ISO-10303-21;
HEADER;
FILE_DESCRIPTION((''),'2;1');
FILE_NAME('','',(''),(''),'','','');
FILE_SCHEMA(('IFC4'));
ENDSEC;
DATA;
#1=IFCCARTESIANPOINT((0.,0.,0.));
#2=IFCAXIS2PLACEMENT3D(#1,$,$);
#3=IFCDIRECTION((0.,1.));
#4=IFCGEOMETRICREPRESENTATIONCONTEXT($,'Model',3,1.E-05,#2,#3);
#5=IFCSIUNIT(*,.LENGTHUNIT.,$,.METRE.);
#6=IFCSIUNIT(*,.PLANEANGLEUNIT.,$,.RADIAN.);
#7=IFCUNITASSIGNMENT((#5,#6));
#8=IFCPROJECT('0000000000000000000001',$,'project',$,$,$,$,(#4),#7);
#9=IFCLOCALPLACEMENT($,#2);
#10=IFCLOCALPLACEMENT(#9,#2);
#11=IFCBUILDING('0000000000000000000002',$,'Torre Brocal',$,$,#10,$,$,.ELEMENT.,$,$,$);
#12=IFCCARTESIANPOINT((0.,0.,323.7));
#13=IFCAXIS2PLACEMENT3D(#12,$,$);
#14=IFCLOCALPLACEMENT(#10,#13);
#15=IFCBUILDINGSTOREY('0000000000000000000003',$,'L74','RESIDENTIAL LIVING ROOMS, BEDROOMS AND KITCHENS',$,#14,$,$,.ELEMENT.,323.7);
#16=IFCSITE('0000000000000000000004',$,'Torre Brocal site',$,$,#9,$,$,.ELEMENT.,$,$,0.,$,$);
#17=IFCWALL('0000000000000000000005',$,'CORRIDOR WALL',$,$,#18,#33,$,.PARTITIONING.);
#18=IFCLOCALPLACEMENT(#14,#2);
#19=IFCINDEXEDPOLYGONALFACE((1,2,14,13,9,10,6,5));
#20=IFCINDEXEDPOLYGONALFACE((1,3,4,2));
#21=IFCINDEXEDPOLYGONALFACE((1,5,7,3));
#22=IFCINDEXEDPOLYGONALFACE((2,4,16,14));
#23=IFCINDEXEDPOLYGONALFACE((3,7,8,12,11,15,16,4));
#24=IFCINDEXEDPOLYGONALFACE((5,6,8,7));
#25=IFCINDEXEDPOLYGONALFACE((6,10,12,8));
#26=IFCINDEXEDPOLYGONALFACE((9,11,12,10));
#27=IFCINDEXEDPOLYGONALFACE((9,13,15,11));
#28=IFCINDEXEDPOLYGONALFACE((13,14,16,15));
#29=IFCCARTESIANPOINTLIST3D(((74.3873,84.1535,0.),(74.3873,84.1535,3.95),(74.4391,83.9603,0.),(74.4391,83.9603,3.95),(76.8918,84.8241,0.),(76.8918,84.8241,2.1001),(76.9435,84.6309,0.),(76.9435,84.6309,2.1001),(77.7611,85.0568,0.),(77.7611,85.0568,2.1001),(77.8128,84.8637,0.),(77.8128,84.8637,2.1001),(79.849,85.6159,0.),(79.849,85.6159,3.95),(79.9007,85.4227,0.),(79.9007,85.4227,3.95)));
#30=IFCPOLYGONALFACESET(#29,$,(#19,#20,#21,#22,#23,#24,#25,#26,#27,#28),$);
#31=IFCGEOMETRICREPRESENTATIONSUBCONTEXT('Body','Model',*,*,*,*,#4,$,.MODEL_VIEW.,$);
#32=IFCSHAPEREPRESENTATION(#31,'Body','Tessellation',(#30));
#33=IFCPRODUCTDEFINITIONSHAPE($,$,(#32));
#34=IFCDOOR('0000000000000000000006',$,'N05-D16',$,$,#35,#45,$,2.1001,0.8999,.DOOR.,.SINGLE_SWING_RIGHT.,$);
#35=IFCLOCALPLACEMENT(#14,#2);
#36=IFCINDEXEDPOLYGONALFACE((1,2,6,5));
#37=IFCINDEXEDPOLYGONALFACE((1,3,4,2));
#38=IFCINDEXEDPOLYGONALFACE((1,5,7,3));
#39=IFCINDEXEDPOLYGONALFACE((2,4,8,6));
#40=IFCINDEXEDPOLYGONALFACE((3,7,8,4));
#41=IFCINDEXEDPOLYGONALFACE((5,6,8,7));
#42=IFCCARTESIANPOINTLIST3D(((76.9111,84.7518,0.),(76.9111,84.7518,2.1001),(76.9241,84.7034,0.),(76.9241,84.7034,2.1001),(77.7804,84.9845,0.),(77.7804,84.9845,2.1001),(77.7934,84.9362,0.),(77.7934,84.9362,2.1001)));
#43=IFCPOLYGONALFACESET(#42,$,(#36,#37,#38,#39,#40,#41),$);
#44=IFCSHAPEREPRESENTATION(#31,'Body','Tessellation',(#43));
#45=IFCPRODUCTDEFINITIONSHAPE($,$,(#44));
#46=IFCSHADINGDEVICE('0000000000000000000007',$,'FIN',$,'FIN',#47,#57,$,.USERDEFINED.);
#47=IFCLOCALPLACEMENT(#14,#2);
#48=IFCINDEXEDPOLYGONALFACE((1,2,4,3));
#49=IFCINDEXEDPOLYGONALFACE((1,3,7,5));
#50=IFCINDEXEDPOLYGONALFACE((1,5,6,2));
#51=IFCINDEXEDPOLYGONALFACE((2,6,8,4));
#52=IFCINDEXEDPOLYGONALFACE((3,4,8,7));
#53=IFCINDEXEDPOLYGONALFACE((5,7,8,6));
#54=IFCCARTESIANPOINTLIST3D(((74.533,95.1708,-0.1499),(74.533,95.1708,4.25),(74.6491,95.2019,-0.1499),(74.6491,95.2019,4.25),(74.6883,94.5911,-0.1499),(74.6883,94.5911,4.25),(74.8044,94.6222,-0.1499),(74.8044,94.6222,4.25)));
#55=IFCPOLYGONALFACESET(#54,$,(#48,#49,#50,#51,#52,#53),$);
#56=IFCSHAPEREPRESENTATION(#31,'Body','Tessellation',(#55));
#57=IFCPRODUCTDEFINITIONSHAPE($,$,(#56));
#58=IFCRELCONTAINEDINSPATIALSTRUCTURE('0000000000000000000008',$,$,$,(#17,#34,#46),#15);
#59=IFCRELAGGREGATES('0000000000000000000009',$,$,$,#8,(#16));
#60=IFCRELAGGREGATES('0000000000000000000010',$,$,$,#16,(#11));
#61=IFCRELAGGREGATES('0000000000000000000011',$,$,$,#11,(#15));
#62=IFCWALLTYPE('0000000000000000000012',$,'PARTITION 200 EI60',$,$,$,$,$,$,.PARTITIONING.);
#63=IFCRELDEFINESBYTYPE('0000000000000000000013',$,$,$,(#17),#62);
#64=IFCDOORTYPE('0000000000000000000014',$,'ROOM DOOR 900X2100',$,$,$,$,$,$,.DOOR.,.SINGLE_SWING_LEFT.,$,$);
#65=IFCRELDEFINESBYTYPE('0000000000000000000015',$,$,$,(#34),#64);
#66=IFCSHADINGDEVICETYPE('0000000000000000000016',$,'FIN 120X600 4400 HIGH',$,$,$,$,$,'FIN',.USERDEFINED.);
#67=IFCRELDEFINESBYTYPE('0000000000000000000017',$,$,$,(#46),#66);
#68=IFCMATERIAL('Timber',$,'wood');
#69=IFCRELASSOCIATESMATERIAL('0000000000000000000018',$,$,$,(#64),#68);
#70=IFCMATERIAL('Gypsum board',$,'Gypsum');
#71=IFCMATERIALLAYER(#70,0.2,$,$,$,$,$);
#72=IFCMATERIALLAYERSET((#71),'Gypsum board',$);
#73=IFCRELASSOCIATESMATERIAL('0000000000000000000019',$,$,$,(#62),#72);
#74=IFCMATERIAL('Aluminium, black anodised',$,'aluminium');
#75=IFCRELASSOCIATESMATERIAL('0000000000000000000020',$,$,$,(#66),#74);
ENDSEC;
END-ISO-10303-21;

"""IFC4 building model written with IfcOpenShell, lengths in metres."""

from ifc_helpers import new_model, si_unit, direction, frame, frame_2d, origin, origin_2d, place, context, subcontext, project, spatial, rectangle, extrude, material, layer, layer_set, material_profile, profile_set, type_object, element, fill, save


model = new_model("IFC4")

# Units and contexts
model_context = context("Model", 3, precision=1e-05, world=origin(), true_north=direction((0.0, 1.0)))
body_context = subcontext(model_context, "Body", "Model", "MODEL_VIEW")
ifc_project = project(units=[si_unit("LENGTHUNIT", "METRE"), si_unit("PLANEANGLEUNIT", "RADIAN")], contexts=[model_context])

# Site, building, storey
site_placement = place(None, origin())
site = spatial("IfcSite", under=ifc_project, at=site_placement, Name="Torre Brocal site", CompositionType="ELEMENT", RefElevation=0.0)
building_placement = place(site_placement, origin())
building = spatial("IfcBuilding", under=site, at=building_placement, Name="Torre Brocal", CompositionType="ELEMENT")
storey_placement = place(building_placement, frame((0.0, 0.0, 323.7)))
storey = spatial("IfcBuildingStorey", under=building, at=storey_placement, Name="L74", Description="RESIDENTIAL LIVING ROOMS, BEDROOMS AND KITCHENS", CompositionType="ELEMENT", Elevation=323.7)

# Shared definitions
ifc_material_1 = material(Name="Timber", Category="wood")
door_type_1 = type_object("IfcDoorType", Name="ROOM DOOR 900X2100", OperationType="SINGLE_SWING_LEFT", PredefinedType="DOOR", material=ifc_material_1)

# Wall, opening, door
ifc_material_2 = material(Name="Gypsum board", Category="Gypsum")
ifc_layer_1 = layer(ifc_material_2, 0.2)
ifc_layer_set_1 = layer_set([ifc_layer_1], Name="Gypsum board")
wall_type_1 = type_object("IfcWallType", Name="PARTITION 200 EI60", PredefinedType="PARTITIONING", material=ifc_layer_set_1)
wall_1_placement = place(storey_placement, frame((74.4131, 84.0569, 0.0), z_axis=(0.0, 0.0, 1.0), x_axis=(0.965972, 0.258646, 0.0)))
wall_1 = element("IfcWall", 1, at=wall_1_placement, inside=storey, type_object=wall_type_1, Name="CORRIDOR WALL", PredefinedType="PARTITIONING", context=body_context, shape_type="SweptSolid", body=[
    extrude(rectangle(XDim=5.6541, YDim=0.2, at=frame_2d((2.8271, 0.0))), origin(), (0.0, 0.0, 1.0), 3.95),
])
opening_1_placement = place(wall_1_placement, frame((2.5928, 0.0, 0.0)))
opening_1 = element("IfcOpeningElement", 2, at=opening_1_placement, cuts=wall_1, PredefinedType="OPENING", context=body_context, shape_type="SweptSolid", body=[
    extrude(rectangle(XDim=0.8999, YDim=2.1001, at=frame_2d((0.45, 1.05))), frame((0.0, 0.1099, 0.0), z_axis=(0.0, -1.0, 0.0), x_axis=(1.0, 0.0, 0.0)), (0.0, 0.0, 1.0), 0.22),
])
door_1_placement = place(opening_1_placement, frame((0.8999, 0.0, 0.0), z_axis=(0.0, 0.0, 1.0), x_axis=(-1.0, 0.0, 0.0)))
door_1 = element("IfcDoor", 3, at=door_1_placement, inside=storey, type_object=door_type_1, Name="N05-D16", OperationType="SINGLE_SWING_RIGHT", OverallHeight=2.1001, OverallWidth=0.8999, PredefinedType="DOOR", context=body_context, shape_type="SweptSolid", body=[
    extrude(rectangle(XDim=0.8999, YDim=2.1001, at=frame_2d((0.45, 1.05))), frame((0.0, 0.0249, 0.0), z_axis=(0.0, -1.0, 0.0), x_axis=(1.0, 0.0, 0.0)), (0.0, 0.0, 1.0), 0.05),
])
fill(opening_1, door_1)

# Shading device
ifc_material_3 = material(Name="Aluminium, black anodised", Category="aluminium")
ifc_material_profile_1 = material_profile(ifc_material_3, rectangle(XDim=0.1201, YDim=0.6001, at=origin_2d()), Name="FIN 120X600 4400 HIGH")
ifc_profile_set_1 = profile_set([ifc_material_profile_1], Name="Aluminium, black anodised")
shading_device_type = type_object("IfcShadingDeviceType", Name="FIN 120X600 4400 HIGH", ElementType="FIN", PredefinedType="USERDEFINED", material=ifc_profile_set_1)
shading_device_placement = place(storey_placement, frame((74.6687, 94.8965, -0.1499), z_axis=(0.0, 0.0, 1.0), x_axis=(-0.965926, -0.258819, 0.0)))
element("IfcShadingDevice", 4, at=shading_device_placement, inside=storey, type_object=shading_device_type, Name="FIN", ObjectType="FIN", PredefinedType="USERDEFINED", context=body_context, shape_type="SweptSolid", body=[
    extrude(rectangle(XDim=0.1201, YDim=0.6001, at=origin_2d()), origin(), (0.0, 0.0, 1.0), 4.3999),
])

save(model, "model.ifc")
